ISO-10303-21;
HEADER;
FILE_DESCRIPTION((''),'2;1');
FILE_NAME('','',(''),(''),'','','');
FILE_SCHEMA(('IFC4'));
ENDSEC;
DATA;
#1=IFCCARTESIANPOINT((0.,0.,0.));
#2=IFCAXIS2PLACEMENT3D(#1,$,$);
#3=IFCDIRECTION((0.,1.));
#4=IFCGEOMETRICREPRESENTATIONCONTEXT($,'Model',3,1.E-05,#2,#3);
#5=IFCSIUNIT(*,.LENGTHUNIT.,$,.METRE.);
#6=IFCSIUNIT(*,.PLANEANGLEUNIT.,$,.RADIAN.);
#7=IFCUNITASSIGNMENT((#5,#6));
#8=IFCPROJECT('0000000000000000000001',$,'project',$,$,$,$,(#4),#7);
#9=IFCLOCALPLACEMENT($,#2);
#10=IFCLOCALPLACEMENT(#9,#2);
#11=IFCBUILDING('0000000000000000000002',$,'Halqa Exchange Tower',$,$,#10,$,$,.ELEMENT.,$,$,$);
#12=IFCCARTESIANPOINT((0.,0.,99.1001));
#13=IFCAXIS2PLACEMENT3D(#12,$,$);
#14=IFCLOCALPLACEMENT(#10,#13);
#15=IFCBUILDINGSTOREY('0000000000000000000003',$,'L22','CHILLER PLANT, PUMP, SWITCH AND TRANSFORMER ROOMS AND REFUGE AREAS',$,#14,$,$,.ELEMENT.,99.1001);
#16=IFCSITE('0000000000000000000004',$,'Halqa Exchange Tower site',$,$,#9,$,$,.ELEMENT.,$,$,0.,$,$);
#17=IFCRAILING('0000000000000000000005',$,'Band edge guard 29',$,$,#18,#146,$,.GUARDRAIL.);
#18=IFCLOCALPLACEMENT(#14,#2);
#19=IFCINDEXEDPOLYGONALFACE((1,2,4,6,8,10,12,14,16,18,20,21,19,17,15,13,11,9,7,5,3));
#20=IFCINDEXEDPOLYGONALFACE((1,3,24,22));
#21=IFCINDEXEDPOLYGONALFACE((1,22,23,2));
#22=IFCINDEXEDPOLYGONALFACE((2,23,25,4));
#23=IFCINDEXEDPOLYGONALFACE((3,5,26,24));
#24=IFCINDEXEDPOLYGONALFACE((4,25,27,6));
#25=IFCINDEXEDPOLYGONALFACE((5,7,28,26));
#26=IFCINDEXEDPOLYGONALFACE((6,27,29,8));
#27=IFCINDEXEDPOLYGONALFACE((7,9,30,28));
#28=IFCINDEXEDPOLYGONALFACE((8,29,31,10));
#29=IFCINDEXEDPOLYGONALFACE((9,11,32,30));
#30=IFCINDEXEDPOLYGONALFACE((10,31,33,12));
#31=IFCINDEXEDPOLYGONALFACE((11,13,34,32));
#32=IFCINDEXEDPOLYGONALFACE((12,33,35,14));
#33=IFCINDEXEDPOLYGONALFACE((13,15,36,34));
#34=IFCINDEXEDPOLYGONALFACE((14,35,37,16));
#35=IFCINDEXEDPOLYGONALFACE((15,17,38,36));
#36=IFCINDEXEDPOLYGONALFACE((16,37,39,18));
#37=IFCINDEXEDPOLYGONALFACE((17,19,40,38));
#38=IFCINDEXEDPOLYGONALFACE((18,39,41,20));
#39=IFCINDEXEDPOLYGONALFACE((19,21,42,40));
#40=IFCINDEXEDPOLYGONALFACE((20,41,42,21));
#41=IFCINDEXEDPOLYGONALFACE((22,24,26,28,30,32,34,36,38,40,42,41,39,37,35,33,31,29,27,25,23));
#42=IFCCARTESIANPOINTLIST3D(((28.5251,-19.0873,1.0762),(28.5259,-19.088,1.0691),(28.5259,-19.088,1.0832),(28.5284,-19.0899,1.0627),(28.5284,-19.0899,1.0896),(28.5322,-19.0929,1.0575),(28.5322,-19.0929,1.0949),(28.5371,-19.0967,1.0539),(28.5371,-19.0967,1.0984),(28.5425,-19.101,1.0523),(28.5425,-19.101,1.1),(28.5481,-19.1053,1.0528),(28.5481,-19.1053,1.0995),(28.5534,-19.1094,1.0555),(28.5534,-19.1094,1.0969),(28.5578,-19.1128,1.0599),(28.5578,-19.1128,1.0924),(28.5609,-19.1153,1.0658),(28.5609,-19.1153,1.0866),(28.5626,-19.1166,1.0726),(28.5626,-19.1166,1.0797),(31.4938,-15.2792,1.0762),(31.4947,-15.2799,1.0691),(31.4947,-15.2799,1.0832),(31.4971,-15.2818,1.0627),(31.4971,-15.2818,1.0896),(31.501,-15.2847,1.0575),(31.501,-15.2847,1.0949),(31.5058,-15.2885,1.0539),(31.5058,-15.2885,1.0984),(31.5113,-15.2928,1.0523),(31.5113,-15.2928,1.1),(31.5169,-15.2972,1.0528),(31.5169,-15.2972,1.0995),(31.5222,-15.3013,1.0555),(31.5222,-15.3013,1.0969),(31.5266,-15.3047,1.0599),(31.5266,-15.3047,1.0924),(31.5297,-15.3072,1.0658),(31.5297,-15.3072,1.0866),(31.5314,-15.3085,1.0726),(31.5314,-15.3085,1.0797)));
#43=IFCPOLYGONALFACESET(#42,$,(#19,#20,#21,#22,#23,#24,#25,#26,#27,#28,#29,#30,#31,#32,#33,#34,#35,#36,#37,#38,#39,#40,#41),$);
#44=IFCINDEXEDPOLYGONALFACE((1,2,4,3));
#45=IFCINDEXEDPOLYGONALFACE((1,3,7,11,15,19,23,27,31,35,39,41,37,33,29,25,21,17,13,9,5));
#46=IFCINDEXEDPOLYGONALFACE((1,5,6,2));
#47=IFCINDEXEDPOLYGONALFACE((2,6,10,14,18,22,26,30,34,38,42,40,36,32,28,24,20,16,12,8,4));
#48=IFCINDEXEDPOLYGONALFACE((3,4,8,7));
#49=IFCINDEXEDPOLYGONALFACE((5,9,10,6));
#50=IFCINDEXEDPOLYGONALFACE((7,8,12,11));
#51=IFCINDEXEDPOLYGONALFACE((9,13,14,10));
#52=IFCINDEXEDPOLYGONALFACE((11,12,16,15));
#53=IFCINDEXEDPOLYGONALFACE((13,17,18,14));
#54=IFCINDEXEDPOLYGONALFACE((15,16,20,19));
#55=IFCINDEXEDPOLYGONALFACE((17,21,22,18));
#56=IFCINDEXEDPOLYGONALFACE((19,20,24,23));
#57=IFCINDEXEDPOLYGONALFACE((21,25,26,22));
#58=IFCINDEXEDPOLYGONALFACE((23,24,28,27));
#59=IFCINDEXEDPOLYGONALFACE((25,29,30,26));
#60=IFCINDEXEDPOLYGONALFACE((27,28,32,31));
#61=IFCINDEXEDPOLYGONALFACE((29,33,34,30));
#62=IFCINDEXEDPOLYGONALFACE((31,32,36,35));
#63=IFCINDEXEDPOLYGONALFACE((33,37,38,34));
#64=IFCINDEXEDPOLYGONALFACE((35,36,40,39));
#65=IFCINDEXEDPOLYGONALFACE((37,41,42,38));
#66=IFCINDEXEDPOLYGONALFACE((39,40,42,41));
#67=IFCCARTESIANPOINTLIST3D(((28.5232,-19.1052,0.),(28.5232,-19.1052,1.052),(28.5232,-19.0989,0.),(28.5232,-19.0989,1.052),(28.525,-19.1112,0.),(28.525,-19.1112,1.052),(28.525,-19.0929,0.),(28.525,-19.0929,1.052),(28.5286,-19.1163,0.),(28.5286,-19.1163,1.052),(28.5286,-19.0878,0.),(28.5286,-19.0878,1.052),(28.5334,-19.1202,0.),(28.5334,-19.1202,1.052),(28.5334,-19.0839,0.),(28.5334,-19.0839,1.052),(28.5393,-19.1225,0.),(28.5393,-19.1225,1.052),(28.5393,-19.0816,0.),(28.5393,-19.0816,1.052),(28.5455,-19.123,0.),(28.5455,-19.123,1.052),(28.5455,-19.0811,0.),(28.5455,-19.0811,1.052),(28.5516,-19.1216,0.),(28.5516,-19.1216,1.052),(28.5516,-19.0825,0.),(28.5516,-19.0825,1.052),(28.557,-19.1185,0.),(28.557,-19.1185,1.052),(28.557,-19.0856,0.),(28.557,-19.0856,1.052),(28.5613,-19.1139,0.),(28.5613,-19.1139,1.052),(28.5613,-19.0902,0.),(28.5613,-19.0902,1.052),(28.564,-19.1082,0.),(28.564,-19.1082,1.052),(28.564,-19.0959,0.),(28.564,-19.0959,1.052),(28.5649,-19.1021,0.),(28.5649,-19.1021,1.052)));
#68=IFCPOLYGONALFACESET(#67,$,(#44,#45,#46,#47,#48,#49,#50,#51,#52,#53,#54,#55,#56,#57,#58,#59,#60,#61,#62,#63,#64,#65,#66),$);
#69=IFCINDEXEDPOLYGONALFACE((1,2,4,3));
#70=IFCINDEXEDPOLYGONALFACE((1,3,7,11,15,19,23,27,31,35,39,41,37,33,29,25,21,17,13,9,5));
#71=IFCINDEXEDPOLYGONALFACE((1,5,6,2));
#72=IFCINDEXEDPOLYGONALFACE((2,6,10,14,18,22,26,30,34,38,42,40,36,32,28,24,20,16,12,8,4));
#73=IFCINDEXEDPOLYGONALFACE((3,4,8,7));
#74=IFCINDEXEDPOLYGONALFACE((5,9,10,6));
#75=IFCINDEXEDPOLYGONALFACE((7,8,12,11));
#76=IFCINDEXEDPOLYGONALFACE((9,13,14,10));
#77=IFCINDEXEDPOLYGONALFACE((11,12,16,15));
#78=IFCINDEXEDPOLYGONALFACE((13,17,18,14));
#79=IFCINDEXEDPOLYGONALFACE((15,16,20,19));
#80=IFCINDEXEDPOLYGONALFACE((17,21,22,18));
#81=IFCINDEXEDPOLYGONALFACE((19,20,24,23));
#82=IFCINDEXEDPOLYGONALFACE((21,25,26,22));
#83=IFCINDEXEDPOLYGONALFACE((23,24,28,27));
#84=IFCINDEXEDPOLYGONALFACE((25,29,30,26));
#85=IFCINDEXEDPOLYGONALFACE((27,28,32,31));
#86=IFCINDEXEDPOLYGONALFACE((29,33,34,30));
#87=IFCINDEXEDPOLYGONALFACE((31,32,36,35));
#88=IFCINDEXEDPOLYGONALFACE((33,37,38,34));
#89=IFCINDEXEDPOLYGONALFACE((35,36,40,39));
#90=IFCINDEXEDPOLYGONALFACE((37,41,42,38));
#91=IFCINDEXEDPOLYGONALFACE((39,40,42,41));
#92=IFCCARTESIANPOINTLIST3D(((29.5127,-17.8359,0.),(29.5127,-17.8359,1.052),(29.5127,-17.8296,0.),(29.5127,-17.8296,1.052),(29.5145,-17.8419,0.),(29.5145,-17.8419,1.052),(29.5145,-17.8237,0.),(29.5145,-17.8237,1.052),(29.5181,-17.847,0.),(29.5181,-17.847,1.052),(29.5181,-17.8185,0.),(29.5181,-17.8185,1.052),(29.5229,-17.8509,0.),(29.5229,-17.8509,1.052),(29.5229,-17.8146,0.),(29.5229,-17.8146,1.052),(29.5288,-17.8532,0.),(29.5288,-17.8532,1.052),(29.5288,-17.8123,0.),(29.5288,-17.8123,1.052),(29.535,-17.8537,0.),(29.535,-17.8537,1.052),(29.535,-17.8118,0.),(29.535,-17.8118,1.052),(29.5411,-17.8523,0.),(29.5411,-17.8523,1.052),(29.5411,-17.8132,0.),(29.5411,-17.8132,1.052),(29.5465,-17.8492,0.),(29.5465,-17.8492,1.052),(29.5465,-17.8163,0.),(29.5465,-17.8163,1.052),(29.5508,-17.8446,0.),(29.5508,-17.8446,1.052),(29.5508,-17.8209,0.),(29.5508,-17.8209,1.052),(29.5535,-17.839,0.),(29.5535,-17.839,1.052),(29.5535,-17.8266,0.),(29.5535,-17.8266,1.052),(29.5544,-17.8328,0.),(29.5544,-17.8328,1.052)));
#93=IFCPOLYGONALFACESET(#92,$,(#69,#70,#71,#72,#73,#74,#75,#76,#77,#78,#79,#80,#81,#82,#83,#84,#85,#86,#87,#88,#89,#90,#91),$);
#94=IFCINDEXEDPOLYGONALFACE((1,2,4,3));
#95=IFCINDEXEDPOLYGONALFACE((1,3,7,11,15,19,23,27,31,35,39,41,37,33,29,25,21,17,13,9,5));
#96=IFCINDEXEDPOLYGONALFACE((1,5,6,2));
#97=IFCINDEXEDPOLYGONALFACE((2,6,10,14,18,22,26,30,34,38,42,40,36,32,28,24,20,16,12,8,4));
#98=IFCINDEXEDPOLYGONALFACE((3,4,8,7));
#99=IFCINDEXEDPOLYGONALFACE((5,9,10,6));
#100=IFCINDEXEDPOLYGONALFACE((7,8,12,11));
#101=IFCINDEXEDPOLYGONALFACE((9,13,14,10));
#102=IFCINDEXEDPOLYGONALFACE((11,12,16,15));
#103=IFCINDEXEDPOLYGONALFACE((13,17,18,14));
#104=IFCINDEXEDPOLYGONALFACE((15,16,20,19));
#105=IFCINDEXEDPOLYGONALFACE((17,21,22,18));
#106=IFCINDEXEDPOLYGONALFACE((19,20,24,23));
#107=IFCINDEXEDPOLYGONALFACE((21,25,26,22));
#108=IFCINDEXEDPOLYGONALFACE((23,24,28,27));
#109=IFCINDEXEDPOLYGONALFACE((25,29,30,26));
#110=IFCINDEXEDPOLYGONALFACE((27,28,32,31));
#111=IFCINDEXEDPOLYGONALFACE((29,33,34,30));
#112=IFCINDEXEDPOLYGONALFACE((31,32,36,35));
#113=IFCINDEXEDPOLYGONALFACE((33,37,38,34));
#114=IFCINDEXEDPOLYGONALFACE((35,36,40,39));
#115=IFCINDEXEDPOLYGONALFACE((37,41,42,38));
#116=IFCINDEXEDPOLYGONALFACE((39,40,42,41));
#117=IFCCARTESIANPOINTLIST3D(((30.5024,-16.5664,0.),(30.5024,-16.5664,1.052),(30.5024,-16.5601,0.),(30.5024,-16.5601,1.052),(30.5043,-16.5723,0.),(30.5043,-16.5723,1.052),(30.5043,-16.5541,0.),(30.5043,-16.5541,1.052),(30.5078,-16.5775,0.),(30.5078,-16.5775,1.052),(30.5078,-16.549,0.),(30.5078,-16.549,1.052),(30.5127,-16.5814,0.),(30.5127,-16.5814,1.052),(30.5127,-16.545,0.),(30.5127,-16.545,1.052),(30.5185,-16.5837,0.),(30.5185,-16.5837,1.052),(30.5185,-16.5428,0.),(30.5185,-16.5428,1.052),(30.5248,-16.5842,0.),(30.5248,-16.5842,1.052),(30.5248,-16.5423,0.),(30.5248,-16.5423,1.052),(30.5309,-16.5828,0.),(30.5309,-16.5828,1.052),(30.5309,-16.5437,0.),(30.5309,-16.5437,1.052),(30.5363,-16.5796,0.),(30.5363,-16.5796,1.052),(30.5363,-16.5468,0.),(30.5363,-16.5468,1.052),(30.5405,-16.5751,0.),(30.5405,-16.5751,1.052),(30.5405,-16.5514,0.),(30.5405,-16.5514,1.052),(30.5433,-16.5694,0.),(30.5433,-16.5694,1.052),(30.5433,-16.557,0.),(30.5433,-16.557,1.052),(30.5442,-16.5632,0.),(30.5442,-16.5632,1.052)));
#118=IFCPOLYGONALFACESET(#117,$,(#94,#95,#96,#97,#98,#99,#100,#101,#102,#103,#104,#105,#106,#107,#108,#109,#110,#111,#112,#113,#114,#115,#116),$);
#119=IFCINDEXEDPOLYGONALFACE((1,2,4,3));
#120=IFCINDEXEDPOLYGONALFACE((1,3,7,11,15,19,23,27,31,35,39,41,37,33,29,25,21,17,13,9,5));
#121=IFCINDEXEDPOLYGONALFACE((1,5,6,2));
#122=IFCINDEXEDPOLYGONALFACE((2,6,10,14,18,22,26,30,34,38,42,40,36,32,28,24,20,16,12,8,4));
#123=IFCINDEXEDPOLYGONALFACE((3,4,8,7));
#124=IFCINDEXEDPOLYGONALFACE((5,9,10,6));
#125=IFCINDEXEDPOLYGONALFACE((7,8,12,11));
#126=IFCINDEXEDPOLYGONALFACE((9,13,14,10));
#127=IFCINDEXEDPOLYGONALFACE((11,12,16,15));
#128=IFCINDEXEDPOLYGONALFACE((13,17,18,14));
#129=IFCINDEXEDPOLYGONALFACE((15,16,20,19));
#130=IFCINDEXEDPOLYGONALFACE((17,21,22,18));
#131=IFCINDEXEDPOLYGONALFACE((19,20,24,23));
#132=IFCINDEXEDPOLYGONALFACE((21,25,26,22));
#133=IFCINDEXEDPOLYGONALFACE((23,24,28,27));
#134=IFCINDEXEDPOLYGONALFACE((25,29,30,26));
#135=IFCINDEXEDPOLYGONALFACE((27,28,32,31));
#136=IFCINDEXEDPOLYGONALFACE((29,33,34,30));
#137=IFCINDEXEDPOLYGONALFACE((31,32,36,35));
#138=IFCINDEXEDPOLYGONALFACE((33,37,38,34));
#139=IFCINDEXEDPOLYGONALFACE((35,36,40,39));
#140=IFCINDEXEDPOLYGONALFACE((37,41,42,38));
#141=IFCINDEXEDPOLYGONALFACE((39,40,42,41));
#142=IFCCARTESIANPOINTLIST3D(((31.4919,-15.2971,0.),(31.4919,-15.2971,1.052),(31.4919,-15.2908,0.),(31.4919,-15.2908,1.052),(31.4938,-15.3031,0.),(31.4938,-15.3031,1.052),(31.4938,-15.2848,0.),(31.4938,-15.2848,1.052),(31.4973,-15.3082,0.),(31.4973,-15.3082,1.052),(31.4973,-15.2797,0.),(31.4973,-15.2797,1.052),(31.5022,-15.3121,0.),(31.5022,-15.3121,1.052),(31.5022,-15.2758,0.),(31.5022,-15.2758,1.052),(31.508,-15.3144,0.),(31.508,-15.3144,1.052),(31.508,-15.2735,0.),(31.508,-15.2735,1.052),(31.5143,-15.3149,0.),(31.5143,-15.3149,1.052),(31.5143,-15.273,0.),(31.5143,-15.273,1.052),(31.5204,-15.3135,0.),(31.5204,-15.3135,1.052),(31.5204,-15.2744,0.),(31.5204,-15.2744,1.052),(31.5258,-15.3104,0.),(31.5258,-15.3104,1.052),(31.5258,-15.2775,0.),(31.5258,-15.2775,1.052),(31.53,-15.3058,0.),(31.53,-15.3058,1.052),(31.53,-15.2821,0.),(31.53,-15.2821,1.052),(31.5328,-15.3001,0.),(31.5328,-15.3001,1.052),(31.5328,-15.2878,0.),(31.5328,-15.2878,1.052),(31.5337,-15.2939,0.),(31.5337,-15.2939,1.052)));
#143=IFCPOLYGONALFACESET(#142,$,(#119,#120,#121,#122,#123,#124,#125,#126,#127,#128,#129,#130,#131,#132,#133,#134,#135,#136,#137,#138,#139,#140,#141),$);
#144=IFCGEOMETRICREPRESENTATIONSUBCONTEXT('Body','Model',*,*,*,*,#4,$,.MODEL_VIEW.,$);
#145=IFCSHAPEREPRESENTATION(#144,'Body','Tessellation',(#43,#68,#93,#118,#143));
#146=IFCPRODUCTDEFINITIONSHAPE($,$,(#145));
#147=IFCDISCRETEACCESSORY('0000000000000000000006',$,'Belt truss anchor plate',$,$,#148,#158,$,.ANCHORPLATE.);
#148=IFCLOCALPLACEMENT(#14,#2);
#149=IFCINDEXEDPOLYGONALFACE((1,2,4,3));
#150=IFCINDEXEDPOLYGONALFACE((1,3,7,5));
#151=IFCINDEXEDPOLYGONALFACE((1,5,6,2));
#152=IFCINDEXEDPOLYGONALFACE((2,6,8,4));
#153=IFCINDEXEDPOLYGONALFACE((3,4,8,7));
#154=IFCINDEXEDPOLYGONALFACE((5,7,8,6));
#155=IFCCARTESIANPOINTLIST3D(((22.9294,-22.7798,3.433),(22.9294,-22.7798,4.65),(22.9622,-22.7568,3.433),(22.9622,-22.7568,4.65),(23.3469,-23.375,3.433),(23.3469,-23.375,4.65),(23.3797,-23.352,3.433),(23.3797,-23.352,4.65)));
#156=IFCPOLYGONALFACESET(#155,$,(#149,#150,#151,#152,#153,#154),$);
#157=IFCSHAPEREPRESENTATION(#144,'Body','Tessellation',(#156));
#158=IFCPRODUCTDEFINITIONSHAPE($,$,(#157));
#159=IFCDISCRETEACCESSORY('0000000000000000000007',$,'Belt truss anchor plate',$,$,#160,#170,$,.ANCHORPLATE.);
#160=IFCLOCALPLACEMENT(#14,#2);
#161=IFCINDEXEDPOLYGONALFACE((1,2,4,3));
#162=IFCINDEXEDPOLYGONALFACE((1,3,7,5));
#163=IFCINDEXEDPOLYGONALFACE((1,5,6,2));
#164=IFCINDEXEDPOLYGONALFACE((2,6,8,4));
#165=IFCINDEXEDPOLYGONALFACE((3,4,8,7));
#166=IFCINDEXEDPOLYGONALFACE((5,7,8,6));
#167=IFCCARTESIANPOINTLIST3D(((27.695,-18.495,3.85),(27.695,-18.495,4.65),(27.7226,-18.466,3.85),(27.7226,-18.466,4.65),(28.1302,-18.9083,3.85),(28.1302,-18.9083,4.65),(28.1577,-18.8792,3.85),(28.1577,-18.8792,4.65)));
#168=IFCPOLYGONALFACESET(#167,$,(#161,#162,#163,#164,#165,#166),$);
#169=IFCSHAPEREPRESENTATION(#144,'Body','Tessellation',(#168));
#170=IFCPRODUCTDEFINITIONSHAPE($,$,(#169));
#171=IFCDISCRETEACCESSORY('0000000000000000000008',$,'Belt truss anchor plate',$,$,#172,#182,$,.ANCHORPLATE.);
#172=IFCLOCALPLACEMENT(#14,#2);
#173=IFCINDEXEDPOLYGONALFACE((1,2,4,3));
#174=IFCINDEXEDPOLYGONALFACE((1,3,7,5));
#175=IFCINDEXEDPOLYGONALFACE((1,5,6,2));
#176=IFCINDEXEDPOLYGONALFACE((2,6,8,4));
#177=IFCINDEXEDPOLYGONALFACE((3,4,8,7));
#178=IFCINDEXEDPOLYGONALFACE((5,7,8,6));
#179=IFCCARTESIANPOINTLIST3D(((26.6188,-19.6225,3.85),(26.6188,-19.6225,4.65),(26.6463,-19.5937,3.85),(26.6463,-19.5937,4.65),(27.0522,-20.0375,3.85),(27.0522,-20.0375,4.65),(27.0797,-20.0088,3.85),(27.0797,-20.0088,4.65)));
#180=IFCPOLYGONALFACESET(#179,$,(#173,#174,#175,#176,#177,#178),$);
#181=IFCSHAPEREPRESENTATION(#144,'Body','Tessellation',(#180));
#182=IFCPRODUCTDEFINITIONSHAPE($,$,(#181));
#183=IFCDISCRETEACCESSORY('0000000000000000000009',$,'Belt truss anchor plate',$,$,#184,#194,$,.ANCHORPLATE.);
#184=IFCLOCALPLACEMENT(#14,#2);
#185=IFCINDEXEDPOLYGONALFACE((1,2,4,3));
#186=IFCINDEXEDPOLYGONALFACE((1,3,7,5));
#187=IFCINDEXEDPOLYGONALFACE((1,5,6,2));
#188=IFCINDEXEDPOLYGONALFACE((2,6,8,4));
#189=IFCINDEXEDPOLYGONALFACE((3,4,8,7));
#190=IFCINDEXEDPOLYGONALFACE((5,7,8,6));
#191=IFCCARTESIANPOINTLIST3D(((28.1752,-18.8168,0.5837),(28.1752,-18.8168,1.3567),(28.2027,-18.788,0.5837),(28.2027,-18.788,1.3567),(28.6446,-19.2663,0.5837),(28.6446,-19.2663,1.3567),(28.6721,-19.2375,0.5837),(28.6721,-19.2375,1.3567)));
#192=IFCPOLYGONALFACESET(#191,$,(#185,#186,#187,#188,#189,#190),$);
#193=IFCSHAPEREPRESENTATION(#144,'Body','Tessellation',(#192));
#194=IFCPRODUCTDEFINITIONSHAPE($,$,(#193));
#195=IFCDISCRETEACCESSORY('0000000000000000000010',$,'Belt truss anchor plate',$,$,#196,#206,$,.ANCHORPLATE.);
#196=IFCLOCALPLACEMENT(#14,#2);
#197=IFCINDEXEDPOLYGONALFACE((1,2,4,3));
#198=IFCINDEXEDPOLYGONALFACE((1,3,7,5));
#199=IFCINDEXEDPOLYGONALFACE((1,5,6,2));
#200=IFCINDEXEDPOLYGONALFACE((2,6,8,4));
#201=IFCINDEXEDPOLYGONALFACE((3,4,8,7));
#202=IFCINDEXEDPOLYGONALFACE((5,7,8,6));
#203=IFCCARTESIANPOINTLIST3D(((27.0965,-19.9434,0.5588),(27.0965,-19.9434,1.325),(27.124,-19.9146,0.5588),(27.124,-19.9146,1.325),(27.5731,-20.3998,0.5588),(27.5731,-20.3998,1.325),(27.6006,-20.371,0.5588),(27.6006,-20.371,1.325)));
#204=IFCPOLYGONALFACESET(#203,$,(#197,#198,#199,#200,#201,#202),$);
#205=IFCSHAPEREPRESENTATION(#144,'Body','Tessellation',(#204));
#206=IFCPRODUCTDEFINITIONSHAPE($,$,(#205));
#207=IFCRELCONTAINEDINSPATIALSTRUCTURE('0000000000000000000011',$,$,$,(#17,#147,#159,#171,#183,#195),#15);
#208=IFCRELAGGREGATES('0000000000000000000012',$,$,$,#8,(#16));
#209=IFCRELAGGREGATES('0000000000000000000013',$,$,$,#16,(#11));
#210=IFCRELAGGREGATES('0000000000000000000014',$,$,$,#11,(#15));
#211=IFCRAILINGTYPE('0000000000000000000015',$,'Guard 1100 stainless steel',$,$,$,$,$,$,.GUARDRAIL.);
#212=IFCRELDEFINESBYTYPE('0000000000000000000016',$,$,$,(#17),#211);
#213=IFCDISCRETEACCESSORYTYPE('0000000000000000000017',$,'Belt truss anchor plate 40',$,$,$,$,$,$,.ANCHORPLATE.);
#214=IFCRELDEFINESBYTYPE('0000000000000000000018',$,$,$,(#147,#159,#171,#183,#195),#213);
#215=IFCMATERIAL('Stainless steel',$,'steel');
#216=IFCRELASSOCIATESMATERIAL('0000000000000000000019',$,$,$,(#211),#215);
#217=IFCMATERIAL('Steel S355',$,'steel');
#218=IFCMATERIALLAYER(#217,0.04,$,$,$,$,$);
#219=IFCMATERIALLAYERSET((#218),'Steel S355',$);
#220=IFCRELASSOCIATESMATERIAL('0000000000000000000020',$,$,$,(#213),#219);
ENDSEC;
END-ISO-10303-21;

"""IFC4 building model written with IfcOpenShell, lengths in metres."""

from ifc_helpers import new_model, si_unit, direction, frame, origin, origin_2d, place, context, subcontext, project, spatial, rectangle, circle, extrude, material, layer, layer_set, type_object, element, save


model = new_model("IFC4")

# Units and contexts
model_context = context("Model", 3, precision=1e-05, world=origin(), true_north=direction((0.0, 1.0)))
body_context = subcontext(model_context, "Body", "Model", "MODEL_VIEW")
ifc_project = project(units=[si_unit("LENGTHUNIT", "METRE"), si_unit("PLANEANGLEUNIT", "RADIAN")], contexts=[model_context])

# Site, building, storey
site_placement = place(None, origin())
site = spatial("IfcSite", under=ifc_project, at=site_placement, Name="Halqa Exchange Tower site", CompositionType="ELEMENT", RefElevation=0.0)
building_placement = place(site_placement, origin())
building = spatial("IfcBuilding", under=site, at=building_placement, Name="Halqa Exchange Tower", CompositionType="ELEMENT")
storey_placement = place(building_placement, frame((0.0, 0.0, 99.1001)))
storey = spatial("IfcBuildingStorey", under=building, at=storey_placement, Name="L22", Description="CHILLER PLANT, PUMP, SWITCH AND TRANSFORMER ROOMS AND REFUGE AREAS", CompositionType="ELEMENT", Elevation=99.1001)

# Shared definitions
ifc_material_1 = material(Name="Steel S355", Category="steel")

# Railing
ifc_material_2 = material(Name="Stainless steel", Category="steel")
railing_type = type_object("IfcRailingType", Name="Guard 1100 stainless steel", PredefinedType="GUARDRAIL", material=ifc_material_2)
railing_1_placement = place(storey_placement, frame((28.5439, -19.1021, 0.0)))
element("IfcRailing", 1, at=railing_1_placement, inside=storey, type_object=railing_type, Name="Band edge guard 29", PredefinedType="GUARDRAIL", context=body_context, shape_type="SweptSolid", body=[
    extrude(circle(Radius=0.0239, at=origin_2d()), frame((0.0, 0.0, 1.0762), z_axis=(0.614829, 0.78866, 0.0), x_axis=(-0.78866, 0.614829, 0.0)), (0.0, 0.0, 1.0), 4.8286),
    extrude(circle(Radius=0.021, at=origin_2d()), origin(), (0.0, 0.0, 1.0), 1.052),
    extrude(circle(Radius=0.021, at=origin_2d()), frame((0.9895, 1.2693, 0.0)), (0.0, 0.0, 1.0), 1.052),
    extrude(circle(Radius=0.021, at=origin_2d()), frame((1.9792, 2.5388, 0.0)), (0.0, 0.0, 1.0), 1.052),
    extrude(circle(Radius=0.021, at=origin_2d()), frame((2.9688, 3.8081, 0.0)), (0.0, 0.0, 1.0), 1.052),
])

# Discrete accessories
ifc_layer_1 = layer(ifc_material_1, 0.04)
ifc_layer_set_1 = layer_set([ifc_layer_1], Name="Steel S355")
discrete_accessory_type = type_object("IfcDiscreteAccessoryType", Name="Belt truss anchor plate 40", PredefinedType="ANCHORPLATE", material=ifc_layer_set_1)
discrete_accessory_1_placement = place(storey_placement, frame((23.1382, -23.0774, 4.0415), z_axis=(0.818657, 0.574282, 0.0), x_axis=(-0.574282, 0.818657, 0.0)))
element("IfcDiscreteAccessory", 2, at=discrete_accessory_1_placement, inside=storey, type_object=discrete_accessory_type, Name="Belt truss anchor plate", PredefinedType="ANCHORPLATE", context=body_context, shape_type="SweptSolid", body=[
    extrude(rectangle(XDim=0.7271, YDim=1.217, at=origin_2d()), origin(), (0.0, 0.0, 1.0), 0.04),
])
discrete_accessory_2_placement = place(storey_placement, frame((27.9126, -18.7017, 4.25), z_axis=(0.688589, 0.725152, 0.0), x_axis=(-0.725152, 0.688589, 0.0)))
element("IfcDiscreteAccessory", 3, at=discrete_accessory_2_placement, inside=storey, type_object=discrete_accessory_type, Name="Belt truss anchor plate", PredefinedType="ANCHORPLATE", context=body_context, shape_type="SweptSolid", body=[
    extrude(rectangle(XDim=0.6001, YDim=0.8, at=origin_2d()), origin(), (0.0, 0.0, 1.0), 0.04),
])
discrete_accessory_3_placement = place(storey_placement, frame((26.863, -19.8013, 4.25), z_axis=(-0.691639, -0.722243, 0.0), x_axis=(0.722243, -0.691639, 0.0)))
element("IfcDiscreteAccessory", 4, at=discrete_accessory_3_placement, inside=storey, type_object=discrete_accessory_type, Name="Belt truss anchor plate", PredefinedType="ANCHORPLATE", context=body_context, shape_type="SweptSolid", body=[
    extrude(rectangle(XDim=0.6001, YDim=0.8, at=origin_2d()), origin(), (0.0, 0.0, 1.0), 0.0398),
])
discrete_accessory_4_placement = place(storey_placement, frame((28.4099, -19.0415, 0.9702), z_axis=(0.691639, 0.722243, 0.0), x_axis=(-0.722243, 0.691639, 0.0)))
element("IfcDiscreteAccessory", 5, at=discrete_accessory_4_placement, inside=storey, type_object=discrete_accessory_type, Name="Belt truss anchor plate", PredefinedType="ANCHORPLATE", context=body_context, shape_type="SweptSolid", body=[
    extrude(rectangle(XDim=0.6499, YDim=0.7729, at=origin_2d()), origin(), (0.0, 0.0, 1.0), 0.0398),
])
discrete_accessory_5_placement = place(storey_placement, frame((27.3623, -20.1428, 0.9419), z_axis=(-0.691639, -0.722243, 0.0), x_axis=(0.722243, -0.691639, 0.0)))
element("IfcDiscreteAccessory", 6, at=discrete_accessory_5_placement, inside=storey, type_object=discrete_accessory_type, Name="Belt truss anchor plate", PredefinedType="ANCHORPLATE", context=body_context, shape_type="SweptSolid", body=[
    extrude(rectangle(XDim=0.6599, YDim=0.7661, at=origin_2d()), origin(), (0.0, 0.0, 1.0), 0.0398),
])

save(model, "model.ifc")
